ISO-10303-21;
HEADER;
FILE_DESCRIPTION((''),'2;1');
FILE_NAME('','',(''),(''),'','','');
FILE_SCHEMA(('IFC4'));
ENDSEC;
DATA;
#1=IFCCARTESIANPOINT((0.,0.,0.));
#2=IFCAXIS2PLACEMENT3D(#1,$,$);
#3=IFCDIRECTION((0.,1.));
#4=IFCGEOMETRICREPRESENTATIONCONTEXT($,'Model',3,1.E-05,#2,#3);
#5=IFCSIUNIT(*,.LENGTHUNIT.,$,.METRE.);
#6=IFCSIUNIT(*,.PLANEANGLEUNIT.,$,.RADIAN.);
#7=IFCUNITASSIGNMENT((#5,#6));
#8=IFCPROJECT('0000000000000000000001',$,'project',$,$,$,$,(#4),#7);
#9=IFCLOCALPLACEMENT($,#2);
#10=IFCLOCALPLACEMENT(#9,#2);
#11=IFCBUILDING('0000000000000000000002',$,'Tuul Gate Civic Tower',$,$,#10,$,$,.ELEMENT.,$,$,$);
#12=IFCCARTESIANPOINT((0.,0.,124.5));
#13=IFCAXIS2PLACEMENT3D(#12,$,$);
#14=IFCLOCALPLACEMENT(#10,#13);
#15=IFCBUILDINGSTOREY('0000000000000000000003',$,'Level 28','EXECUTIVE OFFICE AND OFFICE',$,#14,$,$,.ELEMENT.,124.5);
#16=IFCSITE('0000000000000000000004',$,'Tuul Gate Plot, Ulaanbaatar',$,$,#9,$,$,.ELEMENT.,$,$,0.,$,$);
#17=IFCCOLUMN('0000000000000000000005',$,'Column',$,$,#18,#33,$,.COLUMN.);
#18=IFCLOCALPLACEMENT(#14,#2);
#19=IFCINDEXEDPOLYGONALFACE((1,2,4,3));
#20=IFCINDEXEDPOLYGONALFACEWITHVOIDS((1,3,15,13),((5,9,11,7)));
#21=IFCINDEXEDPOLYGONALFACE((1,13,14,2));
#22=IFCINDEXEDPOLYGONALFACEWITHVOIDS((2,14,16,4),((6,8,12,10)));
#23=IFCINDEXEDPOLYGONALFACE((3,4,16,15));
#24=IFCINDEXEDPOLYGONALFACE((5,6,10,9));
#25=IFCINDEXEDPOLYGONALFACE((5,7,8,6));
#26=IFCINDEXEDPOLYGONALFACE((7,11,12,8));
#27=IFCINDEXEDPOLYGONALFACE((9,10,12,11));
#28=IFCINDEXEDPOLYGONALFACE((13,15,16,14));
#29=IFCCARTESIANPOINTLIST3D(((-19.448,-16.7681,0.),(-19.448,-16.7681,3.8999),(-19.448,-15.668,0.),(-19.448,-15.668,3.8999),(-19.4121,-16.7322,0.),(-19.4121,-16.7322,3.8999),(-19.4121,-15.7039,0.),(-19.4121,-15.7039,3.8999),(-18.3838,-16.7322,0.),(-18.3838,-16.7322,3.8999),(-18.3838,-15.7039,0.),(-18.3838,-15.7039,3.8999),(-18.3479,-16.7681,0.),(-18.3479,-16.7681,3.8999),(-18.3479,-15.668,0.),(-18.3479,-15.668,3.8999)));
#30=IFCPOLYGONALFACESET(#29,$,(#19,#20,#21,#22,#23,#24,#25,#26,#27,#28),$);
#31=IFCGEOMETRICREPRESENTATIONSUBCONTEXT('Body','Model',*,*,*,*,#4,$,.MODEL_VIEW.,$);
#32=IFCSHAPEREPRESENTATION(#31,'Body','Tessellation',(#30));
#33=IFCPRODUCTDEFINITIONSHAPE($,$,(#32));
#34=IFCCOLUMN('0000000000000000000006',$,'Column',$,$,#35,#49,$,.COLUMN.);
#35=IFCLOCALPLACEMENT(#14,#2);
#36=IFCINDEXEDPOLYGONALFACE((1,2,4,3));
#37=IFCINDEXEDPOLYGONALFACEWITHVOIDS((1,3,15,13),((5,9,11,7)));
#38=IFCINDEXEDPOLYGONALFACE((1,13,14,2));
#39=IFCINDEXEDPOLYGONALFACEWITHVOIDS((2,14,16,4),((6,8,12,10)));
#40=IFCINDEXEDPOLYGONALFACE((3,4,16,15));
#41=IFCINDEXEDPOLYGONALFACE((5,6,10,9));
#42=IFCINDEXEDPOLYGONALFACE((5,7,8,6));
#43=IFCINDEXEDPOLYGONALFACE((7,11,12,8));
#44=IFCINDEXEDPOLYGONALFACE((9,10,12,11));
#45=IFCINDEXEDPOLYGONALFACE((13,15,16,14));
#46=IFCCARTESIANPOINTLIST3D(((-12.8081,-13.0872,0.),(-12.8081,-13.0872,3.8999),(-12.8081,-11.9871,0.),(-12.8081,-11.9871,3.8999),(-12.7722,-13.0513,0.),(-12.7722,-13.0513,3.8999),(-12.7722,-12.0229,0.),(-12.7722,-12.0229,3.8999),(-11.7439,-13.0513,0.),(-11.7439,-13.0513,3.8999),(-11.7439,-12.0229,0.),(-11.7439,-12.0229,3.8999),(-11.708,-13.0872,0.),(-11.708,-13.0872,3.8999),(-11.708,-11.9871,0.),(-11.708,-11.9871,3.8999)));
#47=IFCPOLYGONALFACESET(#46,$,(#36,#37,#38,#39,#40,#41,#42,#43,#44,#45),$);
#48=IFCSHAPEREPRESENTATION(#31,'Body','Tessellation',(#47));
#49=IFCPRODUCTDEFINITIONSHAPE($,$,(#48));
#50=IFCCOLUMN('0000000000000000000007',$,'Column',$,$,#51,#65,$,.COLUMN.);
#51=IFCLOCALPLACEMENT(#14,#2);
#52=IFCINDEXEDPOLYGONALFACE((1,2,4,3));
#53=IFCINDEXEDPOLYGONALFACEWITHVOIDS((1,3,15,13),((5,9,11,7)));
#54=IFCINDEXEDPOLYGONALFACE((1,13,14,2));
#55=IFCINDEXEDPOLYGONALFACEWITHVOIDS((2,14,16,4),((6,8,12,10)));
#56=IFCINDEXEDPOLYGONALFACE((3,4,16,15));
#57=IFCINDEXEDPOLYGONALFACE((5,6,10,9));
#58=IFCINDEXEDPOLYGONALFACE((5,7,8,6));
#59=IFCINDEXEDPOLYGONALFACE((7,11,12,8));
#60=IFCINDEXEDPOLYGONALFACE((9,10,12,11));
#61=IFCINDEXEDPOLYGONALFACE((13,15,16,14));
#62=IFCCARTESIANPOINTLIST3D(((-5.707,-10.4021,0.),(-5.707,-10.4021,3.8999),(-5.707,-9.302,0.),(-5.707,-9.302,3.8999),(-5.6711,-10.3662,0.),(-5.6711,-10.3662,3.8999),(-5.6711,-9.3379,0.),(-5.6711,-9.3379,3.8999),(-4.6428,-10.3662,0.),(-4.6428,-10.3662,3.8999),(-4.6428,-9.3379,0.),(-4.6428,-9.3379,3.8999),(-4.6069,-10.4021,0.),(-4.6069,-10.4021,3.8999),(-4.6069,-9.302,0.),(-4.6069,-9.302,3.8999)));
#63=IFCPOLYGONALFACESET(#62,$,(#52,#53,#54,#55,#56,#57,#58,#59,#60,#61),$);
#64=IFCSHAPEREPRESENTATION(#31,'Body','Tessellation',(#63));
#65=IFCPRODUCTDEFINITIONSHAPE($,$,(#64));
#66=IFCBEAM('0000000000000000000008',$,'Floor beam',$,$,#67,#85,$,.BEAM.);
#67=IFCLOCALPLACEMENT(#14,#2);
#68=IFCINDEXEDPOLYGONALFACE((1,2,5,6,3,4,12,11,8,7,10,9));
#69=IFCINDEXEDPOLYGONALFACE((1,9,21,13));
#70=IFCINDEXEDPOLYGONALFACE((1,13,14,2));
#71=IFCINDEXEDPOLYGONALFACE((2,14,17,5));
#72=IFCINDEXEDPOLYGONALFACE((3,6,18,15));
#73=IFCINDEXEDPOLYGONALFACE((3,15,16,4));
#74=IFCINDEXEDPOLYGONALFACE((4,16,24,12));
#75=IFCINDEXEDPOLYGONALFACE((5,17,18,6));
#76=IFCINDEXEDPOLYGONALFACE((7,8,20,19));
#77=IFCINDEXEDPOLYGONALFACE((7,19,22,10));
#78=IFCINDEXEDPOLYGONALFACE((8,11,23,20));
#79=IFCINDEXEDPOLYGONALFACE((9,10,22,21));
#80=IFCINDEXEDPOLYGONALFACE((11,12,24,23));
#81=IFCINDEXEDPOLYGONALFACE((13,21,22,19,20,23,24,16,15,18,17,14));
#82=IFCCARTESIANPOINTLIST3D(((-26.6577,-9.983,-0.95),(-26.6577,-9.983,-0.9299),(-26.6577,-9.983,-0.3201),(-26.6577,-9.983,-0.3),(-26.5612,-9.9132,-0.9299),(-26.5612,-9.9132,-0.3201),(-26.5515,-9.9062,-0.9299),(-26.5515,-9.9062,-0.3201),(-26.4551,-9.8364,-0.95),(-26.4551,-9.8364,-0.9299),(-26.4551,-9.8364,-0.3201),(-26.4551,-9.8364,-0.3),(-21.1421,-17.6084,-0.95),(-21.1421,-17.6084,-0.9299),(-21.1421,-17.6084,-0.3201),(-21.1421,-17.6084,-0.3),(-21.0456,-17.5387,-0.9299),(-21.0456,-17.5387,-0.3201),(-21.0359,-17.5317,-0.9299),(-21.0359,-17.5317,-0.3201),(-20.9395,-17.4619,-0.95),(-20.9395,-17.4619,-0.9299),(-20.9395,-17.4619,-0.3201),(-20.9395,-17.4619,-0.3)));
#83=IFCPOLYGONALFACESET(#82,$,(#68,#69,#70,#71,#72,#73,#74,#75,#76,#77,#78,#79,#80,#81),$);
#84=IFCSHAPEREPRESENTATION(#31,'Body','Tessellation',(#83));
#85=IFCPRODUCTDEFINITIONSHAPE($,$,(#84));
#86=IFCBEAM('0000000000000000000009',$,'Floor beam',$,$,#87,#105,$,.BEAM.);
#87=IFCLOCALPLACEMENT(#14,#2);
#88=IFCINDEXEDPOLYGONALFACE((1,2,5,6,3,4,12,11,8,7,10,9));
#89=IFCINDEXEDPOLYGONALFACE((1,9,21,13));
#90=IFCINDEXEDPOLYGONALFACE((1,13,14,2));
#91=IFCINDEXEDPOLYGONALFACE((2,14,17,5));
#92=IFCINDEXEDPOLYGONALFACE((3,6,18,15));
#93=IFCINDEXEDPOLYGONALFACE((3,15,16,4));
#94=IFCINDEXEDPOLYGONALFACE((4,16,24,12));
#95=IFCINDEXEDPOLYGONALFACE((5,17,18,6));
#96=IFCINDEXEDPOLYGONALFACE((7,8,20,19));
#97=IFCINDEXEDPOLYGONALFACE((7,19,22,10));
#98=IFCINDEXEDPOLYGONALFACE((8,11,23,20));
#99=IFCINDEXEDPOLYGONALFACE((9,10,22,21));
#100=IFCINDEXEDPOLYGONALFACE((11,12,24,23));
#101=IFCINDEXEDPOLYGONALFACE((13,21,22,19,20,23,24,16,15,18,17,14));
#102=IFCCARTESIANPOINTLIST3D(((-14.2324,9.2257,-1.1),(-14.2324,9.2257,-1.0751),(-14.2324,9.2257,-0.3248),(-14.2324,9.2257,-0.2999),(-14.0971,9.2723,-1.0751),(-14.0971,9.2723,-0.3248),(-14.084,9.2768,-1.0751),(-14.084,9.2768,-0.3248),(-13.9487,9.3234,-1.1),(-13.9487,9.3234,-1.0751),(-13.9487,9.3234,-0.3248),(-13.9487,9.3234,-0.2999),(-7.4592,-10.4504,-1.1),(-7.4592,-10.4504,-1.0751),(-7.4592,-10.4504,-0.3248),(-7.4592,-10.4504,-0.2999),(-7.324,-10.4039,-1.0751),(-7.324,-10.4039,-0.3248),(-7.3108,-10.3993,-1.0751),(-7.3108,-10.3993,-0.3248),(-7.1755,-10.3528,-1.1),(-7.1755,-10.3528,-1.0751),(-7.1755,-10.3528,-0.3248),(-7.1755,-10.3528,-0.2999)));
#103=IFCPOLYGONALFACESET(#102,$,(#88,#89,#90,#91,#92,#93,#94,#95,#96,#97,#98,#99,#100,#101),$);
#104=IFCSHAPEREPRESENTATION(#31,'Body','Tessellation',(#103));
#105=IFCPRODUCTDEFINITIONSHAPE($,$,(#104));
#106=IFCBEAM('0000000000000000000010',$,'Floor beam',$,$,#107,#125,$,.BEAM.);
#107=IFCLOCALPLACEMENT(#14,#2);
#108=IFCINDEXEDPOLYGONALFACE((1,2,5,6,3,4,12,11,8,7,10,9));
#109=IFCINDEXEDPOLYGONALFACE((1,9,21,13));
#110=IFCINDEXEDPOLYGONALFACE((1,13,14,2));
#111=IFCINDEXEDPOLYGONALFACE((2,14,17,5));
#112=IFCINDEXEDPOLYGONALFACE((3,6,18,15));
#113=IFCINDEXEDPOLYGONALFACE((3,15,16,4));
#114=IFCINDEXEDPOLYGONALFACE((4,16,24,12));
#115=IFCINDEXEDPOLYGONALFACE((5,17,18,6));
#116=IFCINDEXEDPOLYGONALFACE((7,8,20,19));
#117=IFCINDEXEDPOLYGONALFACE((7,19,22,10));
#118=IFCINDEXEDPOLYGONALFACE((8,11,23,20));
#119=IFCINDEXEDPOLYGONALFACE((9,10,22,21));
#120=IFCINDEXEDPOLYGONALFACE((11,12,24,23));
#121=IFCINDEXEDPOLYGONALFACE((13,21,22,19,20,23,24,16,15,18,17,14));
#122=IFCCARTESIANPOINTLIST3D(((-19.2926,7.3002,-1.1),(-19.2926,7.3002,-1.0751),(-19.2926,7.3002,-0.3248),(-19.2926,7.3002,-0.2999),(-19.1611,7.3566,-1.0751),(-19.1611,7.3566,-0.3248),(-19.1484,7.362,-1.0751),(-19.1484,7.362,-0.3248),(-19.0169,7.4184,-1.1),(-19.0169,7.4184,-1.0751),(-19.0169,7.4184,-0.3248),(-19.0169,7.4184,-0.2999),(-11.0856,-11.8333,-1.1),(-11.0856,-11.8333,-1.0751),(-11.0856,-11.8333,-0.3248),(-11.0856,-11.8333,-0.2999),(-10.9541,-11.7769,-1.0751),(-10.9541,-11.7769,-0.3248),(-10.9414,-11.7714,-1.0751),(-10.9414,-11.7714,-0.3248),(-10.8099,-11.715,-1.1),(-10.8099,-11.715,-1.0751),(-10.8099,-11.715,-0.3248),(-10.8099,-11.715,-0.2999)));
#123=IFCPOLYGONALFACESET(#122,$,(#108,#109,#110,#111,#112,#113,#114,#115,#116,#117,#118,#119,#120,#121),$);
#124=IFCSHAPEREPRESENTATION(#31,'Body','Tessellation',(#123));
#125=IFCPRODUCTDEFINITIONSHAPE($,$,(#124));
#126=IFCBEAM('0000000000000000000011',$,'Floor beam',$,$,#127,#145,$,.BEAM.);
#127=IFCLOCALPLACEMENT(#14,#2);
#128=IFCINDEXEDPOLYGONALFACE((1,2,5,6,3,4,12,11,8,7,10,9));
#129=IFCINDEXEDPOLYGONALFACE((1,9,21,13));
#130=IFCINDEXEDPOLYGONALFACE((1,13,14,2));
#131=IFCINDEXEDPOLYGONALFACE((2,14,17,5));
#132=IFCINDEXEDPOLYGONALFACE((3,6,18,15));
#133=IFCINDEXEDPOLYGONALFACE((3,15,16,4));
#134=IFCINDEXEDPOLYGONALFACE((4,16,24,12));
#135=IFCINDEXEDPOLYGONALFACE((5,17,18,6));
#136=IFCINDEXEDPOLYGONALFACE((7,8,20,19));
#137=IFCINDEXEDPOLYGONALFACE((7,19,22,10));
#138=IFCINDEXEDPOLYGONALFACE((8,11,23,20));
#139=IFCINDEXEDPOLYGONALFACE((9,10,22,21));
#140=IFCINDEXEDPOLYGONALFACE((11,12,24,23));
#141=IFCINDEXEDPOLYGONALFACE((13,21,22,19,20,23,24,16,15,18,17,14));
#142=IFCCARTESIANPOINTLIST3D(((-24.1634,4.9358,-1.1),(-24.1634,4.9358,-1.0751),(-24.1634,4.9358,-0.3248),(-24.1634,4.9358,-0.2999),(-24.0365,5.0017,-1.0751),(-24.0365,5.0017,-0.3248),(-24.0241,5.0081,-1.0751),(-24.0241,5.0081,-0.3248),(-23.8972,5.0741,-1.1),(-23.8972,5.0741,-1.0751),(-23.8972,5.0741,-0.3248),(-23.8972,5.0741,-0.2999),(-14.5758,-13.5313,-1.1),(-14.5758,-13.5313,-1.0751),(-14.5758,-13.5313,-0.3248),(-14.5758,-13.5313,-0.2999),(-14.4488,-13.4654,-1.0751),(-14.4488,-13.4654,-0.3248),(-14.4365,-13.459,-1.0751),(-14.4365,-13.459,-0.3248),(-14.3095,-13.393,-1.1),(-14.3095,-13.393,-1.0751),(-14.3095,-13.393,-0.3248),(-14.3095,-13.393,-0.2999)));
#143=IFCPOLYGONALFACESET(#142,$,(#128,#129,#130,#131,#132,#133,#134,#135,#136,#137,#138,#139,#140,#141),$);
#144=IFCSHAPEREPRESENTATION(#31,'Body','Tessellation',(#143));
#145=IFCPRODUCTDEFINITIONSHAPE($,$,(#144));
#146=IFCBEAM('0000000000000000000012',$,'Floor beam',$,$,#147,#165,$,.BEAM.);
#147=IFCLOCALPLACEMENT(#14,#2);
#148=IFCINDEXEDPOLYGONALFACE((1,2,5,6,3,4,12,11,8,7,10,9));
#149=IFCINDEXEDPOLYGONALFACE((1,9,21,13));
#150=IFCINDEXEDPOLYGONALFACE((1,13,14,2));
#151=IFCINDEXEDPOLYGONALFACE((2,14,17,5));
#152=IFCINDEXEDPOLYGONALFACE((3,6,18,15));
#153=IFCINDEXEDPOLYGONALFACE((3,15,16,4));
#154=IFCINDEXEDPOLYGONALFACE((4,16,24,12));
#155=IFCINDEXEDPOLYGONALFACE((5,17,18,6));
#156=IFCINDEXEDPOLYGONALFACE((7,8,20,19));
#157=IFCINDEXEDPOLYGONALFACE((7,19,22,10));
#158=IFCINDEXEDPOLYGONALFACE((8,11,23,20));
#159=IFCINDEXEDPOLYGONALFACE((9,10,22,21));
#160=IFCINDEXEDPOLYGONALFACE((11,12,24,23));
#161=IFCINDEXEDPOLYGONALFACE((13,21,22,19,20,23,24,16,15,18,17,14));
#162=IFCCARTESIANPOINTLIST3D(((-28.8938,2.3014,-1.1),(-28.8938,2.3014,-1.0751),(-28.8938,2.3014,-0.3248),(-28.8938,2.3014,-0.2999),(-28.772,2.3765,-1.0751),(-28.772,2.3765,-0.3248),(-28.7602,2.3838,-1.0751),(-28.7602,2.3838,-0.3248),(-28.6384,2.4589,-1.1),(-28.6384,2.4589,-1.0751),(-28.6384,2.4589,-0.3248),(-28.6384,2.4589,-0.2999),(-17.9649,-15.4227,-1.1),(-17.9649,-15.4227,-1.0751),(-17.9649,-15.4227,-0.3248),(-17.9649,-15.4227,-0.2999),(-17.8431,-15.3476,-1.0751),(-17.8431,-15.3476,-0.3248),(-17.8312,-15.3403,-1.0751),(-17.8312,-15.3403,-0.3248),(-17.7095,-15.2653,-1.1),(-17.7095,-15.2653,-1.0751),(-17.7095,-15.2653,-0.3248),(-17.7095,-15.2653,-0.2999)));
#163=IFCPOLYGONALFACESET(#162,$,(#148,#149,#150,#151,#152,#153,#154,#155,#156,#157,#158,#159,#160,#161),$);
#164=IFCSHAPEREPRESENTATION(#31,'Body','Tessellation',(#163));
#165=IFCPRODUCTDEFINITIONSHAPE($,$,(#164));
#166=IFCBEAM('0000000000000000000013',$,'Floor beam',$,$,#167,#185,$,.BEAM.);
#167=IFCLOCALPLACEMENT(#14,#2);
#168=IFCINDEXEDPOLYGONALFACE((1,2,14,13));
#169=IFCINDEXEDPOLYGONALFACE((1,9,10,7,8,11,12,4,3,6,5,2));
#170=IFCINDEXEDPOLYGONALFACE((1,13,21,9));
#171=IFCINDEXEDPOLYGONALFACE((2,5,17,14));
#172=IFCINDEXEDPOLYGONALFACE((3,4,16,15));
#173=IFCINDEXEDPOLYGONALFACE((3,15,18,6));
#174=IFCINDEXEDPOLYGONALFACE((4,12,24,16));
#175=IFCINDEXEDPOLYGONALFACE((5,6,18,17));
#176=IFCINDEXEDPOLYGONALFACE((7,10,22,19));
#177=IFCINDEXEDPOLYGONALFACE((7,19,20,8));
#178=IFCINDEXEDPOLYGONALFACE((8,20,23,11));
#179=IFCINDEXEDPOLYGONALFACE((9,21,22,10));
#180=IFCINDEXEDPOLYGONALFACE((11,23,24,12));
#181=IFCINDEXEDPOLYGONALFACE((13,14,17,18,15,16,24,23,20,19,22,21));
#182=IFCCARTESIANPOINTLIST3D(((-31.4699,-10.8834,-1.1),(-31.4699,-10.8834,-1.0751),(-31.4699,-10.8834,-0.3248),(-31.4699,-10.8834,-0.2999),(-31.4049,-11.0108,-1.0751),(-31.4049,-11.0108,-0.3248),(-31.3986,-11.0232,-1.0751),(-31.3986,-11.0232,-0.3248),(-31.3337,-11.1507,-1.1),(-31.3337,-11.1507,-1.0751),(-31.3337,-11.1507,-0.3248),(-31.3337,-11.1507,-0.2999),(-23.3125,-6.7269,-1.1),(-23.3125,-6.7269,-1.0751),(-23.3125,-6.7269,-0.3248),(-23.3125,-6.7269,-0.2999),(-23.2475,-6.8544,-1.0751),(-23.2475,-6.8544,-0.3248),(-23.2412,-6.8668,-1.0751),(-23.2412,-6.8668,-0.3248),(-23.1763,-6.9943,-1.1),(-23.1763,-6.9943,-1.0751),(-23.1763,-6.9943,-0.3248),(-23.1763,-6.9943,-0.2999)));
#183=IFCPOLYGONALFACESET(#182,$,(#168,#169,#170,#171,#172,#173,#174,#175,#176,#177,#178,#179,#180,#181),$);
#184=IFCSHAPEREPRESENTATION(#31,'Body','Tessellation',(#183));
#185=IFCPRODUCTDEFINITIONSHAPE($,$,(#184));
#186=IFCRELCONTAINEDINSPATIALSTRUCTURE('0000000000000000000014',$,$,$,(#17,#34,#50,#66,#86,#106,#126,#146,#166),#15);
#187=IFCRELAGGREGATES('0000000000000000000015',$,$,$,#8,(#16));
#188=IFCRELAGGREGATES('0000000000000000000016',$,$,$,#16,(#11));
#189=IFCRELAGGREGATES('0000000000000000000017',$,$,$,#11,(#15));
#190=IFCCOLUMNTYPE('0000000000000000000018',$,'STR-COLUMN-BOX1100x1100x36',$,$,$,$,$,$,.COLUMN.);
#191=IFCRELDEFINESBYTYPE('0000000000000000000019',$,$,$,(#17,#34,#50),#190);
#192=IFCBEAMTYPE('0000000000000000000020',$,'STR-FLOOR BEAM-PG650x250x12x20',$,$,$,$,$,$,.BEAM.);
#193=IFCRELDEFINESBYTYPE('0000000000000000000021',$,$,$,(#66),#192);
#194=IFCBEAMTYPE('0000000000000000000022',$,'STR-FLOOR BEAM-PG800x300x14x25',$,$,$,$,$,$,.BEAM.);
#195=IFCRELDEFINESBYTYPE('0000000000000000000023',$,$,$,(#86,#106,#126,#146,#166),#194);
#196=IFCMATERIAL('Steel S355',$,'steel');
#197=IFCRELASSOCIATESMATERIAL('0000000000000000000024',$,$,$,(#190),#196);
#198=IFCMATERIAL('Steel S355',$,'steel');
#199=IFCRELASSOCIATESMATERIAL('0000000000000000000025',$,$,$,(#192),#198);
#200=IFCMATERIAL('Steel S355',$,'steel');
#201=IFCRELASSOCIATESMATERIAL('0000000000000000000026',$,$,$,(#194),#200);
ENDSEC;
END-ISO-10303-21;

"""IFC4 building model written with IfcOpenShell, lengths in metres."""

from ifc_helpers import new_model, si_unit, direction, frame, origin, origin_2d, place, context, subcontext, project, spatial, hollow_rectangle, i_section, extrude, material, material_profile, profile_set, type_object, element, save


model = new_model("IFC4")

# Units and contexts
model_context = context("Model", 3, precision=1e-05, world=origin(), true_north=direction((0.0, 1.0)))
body_context = subcontext(model_context, "Body", "Model", "MODEL_VIEW")
ifc_project = project(units=[si_unit("LENGTHUNIT", "METRE"), si_unit("PLANEANGLEUNIT", "RADIAN")], contexts=[model_context])

# Site, building, storey
site_placement = place(None, origin())
site = spatial("IfcSite", under=ifc_project, at=site_placement, Name="Tuul Gate Plot, Ulaanbaatar", CompositionType="ELEMENT", RefElevation=0.0)
building_placement = place(site_placement, origin())
building = spatial("IfcBuilding", under=site, at=building_placement, Name="Tuul Gate Civic Tower", CompositionType="ELEMENT")
storey_placement = place(building_placement, frame((0.0, 0.0, 124.5)))
storey = spatial("IfcBuildingStorey", under=building, at=storey_placement, Name="Level 28", Description="EXECUTIVE OFFICE AND OFFICE", CompositionType="ELEMENT", Elevation=124.5)

# Columns
ifc_material_1 = material(Name="Steel S355", Category="steel")
ifc_material_profile_1 = material_profile(ifc_material_1, hollow_rectangle(XDim=1.1001, YDim=1.1001, WallThickness=0.0359, at=origin_2d()), Name="BOX1100x1100x36")
ifc_profile_set_1 = profile_set([ifc_material_profile_1], Name="Steel S355")
column_type = type_object("IfcColumnType", Name="STR-COLUMN-BOX1100x1100x36", PredefinedType="COLUMN", material=ifc_profile_set_1)
for number, where, z_axis, x_axis, name in (
    (1, (-18.8979, -16.218, 0.0), (0.0, 0.0, 1.0), (1.0, 0.0, 0.0), "Column"),
    (2, (-12.2581, -12.5371, 0.0), (0.0, 0.0, 1.0), (1.0, 0.0, 0.0), "Column"),
    (3, (-5.157, -9.8521, 0.0), (0.0, 0.0, 1.0), (1.0, 0.0, 0.0), "Column"),
):
    element("IfcColumn", number, at=place(storey_placement, frame(where, z_axis=z_axis, x_axis=x_axis)), inside=storey, type_object=column_type, Name=name, PredefinedType="COLUMN", context=body_context, shape_type="SweptSolid", body=[
        extrude(hollow_rectangle(XDim=1.1001, YDim=1.1001, WallThickness=0.0359, at=origin_2d()), origin(), (0.0, 0.0, 1.0), 3.8999),
    ])

# Beams
ifc_material_2 = material(Name="Steel S355", Category="steel")
ifc_material_profile_2 = material_profile(ifc_material_2, i_section(OverallWidth=0.25, OverallDepth=0.6499, WebThickness=0.012, FlangeThickness=0.02, at=origin_2d()), Name="PG650x250x12x20")
ifc_profile_set_2 = profile_set([ifc_material_profile_2], Name="Steel S355")
beam_type_1 = type_object("IfcBeamType", Name="STR-FLOOR BEAM-PG650x250x12x20", PredefinedType="BEAM", material=ifc_profile_set_2)
beam_1_placement = place(storey_placement, frame((-21.0408, -17.5352, -0.625), z_axis=(-0.586072, 0.810259, 0.0), x_axis=(-0.810259, -0.586072, 0.0)))
element("IfcBeam", 4, at=beam_1_placement, inside=storey, type_object=beam_type_1, Name="Floor beam", PredefinedType="BEAM", context=body_context, shape_type="SweptSolid", body=[
    extrude(i_section(OverallWidth=0.25, OverallDepth=0.6499, WebThickness=0.012, FlangeThickness=0.02, at=origin_2d()), origin(), (0.0, 0.0, 1.0), 9.4111),
])
ifc_material_3 = material(Name="Steel S355", Category="steel")
ifc_material_profile_3 = material_profile(ifc_material_3, i_section(OverallWidth=0.3, OverallDepth=0.8, WebThickness=0.0139, FlangeThickness=0.0249, at=origin_2d()), Name="PG800x300x14x25")
ifc_profile_set_3 = profile_set([ifc_material_profile_3], Name="Steel S355")
beam_type_2 = type_object("IfcBeamType", Name="STR-FLOOR BEAM-PG800x300x14x25", PredefinedType="BEAM", material=ifc_profile_set_3)
beam_2_placement = place(storey_placement, frame((-7.3174, -10.4016, -0.7), z_axis=(-0.325487, 0.945547, 0.0), x_axis=(-0.945547, -0.325487, 0.0)))
element("IfcBeam", 5, at=beam_2_placement, inside=storey, type_object=beam_type_2, Name="Floor beam", PredefinedType="BEAM", context=body_context, shape_type="SweptSolid", body=[
    extrude(i_section(OverallWidth=0.3, OverallDepth=0.8, WebThickness=0.0139, FlangeThickness=0.0249, at=origin_2d()), origin(), (0.0, 0.0, 1.0), 20.8093),
])
beam_3_placement = place(storey_placement, frame((-10.9478, -11.7742, -0.7), z_axis=(-0.394201, 0.919024, 0.0), x_axis=(-0.919024, -0.394201, 0.0)))
element("IfcBeam", 6, at=beam_3_placement, inside=storey, type_object=beam_type_2, Name="Floor beam", PredefinedType="BEAM", context=body_context, shape_type="SweptSolid", body=[
    extrude(i_section(OverallWidth=0.3, OverallDepth=0.8, WebThickness=0.0139, FlangeThickness=0.0249, at=origin_2d()), origin(), (0.0, 0.0, 1.0), 20.8193),
])
beam_4_placement = place(storey_placement, frame((-14.4426, -13.4622, -0.7), z_axis=(-0.460777, 0.887516, 0.0), x_axis=(-0.887516, -0.460777, 0.0)))
element("IfcBeam", 7, at=beam_4_placement, inside=storey, type_object=beam_type_2, Name="Floor beam", PredefinedType="BEAM", context=body_context, shape_type="SweptSolid", body=[
    extrude(i_section(OverallWidth=0.3, OverallDepth=0.8, WebThickness=0.0139, FlangeThickness=0.0249, at=origin_2d()), origin(), (0.0, 0.0, 1.0), 20.8076),
])
beam_5_placement = place(storey_placement, frame((-17.8372, -15.344, -0.7), z_axis=(-0.524857, 0.851191, 0.0), x_axis=(-0.851191, -0.524857, 0.0)))
element("IfcBeam", 8, at=beam_5_placement, inside=storey, type_object=beam_type_2, Name="Floor beam", PredefinedType="BEAM", context=body_context, shape_type="SweptSolid", body=[
    extrude(i_section(OverallWidth=0.3, OverallDepth=0.8, WebThickness=0.0139, FlangeThickness=0.0249, at=origin_2d()), origin(), (0.0, 0.0, 1.0), 20.8228),
])
beam_6_placement = place(storey_placement, frame((-23.2444, -6.8606, -0.7), z_axis=(-0.891004, -0.453995, 0.0), x_axis=(0.453995, -0.891004, 0.0)))
element("IfcBeam", 9, at=beam_6_placement, inside=storey, type_object=beam_type_2, Name="Floor beam", PredefinedType="BEAM", context=body_context, shape_type="SweptSolid", body=[
    extrude(i_section(OverallWidth=0.3, OverallDepth=0.8, WebThickness=0.0139, FlangeThickness=0.0249, at=origin_2d()), origin(), (0.0, 0.0, 1.0), 9.1553),
])

save(model, "model.ifc")
